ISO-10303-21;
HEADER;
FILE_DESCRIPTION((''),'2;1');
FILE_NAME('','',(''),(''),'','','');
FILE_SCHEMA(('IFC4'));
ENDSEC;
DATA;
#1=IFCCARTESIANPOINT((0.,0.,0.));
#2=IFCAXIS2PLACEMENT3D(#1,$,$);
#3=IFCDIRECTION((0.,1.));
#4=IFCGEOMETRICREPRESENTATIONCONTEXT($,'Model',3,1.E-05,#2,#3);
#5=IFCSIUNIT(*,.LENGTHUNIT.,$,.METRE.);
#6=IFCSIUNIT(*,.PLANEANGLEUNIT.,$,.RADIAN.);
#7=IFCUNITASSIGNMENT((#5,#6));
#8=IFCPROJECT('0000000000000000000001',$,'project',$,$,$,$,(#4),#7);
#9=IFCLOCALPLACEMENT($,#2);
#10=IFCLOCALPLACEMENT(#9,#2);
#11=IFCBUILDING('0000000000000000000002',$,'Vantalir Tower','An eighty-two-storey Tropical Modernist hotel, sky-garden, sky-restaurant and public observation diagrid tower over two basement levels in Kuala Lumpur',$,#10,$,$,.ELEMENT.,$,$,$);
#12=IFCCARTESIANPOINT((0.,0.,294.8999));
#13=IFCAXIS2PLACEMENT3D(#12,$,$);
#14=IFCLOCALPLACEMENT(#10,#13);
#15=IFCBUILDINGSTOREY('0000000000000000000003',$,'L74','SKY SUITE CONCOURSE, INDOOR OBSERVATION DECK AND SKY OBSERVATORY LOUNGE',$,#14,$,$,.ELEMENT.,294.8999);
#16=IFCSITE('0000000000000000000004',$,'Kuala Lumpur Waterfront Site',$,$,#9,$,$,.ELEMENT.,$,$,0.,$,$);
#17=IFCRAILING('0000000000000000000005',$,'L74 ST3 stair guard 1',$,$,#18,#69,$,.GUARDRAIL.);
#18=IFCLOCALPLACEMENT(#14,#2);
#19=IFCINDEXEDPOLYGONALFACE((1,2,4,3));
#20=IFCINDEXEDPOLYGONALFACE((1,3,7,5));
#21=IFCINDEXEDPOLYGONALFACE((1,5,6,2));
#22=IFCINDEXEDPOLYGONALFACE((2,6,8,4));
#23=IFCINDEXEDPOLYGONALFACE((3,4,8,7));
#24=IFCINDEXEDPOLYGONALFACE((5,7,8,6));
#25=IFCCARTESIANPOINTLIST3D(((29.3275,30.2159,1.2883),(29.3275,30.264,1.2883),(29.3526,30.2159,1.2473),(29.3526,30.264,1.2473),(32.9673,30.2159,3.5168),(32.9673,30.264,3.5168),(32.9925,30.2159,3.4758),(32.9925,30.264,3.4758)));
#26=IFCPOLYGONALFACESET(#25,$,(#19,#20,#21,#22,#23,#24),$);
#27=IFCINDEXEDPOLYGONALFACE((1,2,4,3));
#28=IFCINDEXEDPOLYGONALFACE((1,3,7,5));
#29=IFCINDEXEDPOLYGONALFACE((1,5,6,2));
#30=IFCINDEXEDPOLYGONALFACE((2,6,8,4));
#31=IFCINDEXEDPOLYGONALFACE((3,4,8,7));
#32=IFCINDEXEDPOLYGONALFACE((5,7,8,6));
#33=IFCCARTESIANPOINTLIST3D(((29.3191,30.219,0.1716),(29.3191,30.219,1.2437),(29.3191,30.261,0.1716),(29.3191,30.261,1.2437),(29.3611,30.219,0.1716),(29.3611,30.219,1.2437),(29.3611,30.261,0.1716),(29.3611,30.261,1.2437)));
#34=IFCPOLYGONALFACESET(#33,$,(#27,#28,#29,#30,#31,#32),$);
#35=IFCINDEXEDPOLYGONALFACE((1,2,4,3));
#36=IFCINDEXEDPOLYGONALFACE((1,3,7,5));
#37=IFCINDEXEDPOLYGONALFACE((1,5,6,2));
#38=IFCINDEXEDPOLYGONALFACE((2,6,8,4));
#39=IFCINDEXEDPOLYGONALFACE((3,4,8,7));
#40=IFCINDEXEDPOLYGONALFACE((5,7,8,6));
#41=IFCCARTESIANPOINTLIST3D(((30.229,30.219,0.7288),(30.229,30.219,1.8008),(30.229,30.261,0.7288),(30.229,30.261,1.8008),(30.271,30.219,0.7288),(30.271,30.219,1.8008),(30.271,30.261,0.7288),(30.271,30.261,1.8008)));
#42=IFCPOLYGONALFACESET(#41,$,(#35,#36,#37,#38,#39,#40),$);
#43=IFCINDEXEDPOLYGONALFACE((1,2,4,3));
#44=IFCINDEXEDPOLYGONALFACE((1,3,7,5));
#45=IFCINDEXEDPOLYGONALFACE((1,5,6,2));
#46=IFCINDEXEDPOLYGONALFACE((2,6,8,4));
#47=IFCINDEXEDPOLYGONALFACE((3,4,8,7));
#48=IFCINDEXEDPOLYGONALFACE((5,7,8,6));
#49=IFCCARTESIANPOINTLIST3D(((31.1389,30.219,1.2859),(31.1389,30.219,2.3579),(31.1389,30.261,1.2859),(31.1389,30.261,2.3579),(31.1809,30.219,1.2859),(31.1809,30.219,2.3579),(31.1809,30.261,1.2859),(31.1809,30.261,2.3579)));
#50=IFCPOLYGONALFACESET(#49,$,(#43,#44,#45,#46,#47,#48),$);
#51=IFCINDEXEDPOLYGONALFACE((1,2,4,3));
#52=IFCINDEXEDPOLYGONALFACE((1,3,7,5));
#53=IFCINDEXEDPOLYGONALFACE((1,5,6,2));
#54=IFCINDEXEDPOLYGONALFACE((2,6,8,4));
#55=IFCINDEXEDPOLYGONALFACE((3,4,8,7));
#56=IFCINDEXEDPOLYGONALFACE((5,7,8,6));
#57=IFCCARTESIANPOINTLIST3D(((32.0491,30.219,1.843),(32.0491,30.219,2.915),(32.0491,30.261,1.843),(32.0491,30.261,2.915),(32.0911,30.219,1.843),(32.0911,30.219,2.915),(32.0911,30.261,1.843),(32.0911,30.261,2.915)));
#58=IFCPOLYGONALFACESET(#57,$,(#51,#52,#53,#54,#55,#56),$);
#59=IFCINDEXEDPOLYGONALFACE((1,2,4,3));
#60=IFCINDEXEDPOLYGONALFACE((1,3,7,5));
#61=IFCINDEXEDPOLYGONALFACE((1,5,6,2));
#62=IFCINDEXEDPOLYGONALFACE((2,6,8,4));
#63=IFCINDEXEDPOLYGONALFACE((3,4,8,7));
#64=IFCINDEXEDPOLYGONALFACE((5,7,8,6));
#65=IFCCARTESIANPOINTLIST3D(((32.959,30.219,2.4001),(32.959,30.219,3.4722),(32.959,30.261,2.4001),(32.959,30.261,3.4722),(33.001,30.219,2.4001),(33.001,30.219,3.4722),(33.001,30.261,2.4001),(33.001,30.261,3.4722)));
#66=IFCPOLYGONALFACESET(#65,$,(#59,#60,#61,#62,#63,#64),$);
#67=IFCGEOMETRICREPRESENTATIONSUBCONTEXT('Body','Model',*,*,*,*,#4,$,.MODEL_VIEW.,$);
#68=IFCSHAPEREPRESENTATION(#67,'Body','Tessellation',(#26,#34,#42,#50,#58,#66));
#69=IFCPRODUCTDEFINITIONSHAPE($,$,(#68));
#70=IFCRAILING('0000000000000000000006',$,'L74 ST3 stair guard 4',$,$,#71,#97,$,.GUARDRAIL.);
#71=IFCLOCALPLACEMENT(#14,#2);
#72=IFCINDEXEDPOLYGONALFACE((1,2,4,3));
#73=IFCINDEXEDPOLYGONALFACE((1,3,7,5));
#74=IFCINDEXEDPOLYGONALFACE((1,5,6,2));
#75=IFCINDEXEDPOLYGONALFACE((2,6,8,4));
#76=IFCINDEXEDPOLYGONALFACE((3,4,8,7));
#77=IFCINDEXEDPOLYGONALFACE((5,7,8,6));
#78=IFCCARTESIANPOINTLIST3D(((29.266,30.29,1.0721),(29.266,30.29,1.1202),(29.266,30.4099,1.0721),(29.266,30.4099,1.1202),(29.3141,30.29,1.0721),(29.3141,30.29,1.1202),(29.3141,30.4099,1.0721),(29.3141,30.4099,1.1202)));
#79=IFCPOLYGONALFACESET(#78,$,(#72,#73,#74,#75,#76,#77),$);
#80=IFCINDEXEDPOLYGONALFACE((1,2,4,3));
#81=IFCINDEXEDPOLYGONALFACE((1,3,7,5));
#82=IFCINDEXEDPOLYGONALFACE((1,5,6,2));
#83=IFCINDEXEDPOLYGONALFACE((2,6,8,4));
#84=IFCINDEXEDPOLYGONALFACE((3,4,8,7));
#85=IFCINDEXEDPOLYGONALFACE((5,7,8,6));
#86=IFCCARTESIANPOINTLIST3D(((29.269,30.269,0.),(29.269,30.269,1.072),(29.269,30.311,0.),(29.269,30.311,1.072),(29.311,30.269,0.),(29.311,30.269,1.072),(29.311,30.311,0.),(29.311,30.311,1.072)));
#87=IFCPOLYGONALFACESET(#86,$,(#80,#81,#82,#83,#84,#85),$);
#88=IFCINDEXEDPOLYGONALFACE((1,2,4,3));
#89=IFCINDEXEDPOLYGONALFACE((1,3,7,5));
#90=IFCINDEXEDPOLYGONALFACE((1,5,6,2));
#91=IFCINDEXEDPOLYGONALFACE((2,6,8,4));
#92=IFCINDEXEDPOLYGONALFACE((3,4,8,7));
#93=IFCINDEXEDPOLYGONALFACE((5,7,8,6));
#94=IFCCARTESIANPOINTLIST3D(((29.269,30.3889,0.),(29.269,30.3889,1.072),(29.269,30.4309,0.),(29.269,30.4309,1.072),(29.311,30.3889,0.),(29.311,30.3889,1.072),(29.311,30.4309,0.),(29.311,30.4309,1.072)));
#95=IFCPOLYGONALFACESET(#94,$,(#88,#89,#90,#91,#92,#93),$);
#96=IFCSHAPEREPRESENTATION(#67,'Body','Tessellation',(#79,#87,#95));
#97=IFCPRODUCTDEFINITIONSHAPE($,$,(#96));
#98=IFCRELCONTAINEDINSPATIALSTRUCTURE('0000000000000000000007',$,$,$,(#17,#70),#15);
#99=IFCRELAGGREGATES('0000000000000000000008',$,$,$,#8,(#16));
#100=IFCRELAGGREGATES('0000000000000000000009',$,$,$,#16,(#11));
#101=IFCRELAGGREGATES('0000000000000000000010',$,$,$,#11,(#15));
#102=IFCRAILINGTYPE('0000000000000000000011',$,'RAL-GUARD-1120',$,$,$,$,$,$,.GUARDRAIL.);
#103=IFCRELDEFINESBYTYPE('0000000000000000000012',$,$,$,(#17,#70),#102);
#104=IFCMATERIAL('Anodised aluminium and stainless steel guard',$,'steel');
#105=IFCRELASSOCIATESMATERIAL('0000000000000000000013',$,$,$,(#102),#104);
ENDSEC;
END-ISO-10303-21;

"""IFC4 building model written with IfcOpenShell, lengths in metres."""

from ifc_helpers import new_model, si_unit, direction, frame, origin, origin_2d, place, context, subcontext, project, spatial, rectangle, extrude, material, type_object, element, save


model = new_model("IFC4")

# Units and contexts
model_context = context("Model", 3, precision=1e-05, world=origin(), true_north=direction((0.0, 1.0)))
body_context = subcontext(model_context, "Body", "Model", "MODEL_VIEW")
ifc_project = project(units=[si_unit("LENGTHUNIT", "METRE"), si_unit("PLANEANGLEUNIT", "RADIAN")], contexts=[model_context])

# Site, building, storey
site_placement = place(None, origin())
site = spatial("IfcSite", under=ifc_project, at=site_placement, Name="Kuala Lumpur Waterfront Site", CompositionType="ELEMENT", RefElevation=0.0)
building_placement = place(site_placement, origin())
building = spatial("IfcBuilding", under=site, at=building_placement, Name="Vantalir Tower", Description="An eighty-two-storey Tropical Modernist hotel, sky-garden, sky-restaurant and public observation diagrid tower over two basement levels in Kuala Lumpur", CompositionType="ELEMENT")
storey_placement = place(building_placement, frame((0.0, 0.0, 294.8999)))
storey = spatial("IfcBuildingStorey", under=building, at=storey_placement, Name="L74", Description="SKY SUITE CONCOURSE, INDOOR OBSERVATION DECK AND SKY OBSERVATORY LOUNGE", CompositionType="ELEMENT", Elevation=294.8999)

# Railings
ifc_material_1 = material(Name="Anodised aluminium and stainless steel guard", Category="steel")
railing_type = type_object("IfcRailingType", Name="RAL-GUARD-1120", PredefinedType="GUARDRAIL", material=ifc_material_1)
railing_1_placement = place(storey_placement, frame((29.3401, 30.24, 0.1716)))
element("IfcRailing", 1, at=railing_1_placement, inside=storey, type_object=railing_type, Name="L74 ST3 stair guard 1", PredefinedType="GUARDRAIL", context=body_context, shape_type="SweptSolid", body=[
    extrude(rectangle(XDim=0.0481, YDim=0.0481, at=origin_2d()), frame((0.0, 0.0, 1.0962), z_axis=(0.85285, 0.0, 0.522156), x_axis=(0.0, 1.0, 0.0)), (0.0, 0.0, 1.0), 4.2678),
    extrude(rectangle(XDim=0.042, YDim=0.042, at=origin_2d()), origin(), (0.0, 0.0, 1.0), 1.072),
    extrude(rectangle(XDim=0.042, YDim=0.042, at=origin_2d()), frame((0.9099, 0.0, 0.5571)), (0.0, 0.0, 1.0), 1.072),
    extrude(rectangle(XDim=0.042, YDim=0.042, at=origin_2d()), frame((1.8198, 0.0, 1.1143)), (0.0, 0.0, 1.0), 1.072),
    extrude(rectangle(XDim=0.042, YDim=0.042, at=origin_2d()), frame((2.73, 0.0, 1.6714)), (0.0, 0.0, 1.0), 1.072),
    extrude(rectangle(XDim=0.042, YDim=0.042, at=origin_2d()), frame((3.6399, 0.0, 2.2285)), (0.0, 0.0, 1.0), 1.072),
])
railing_2_placement = place(storey_placement, frame((29.29, 30.29, 0.0)))
element("IfcRailing", 2, at=railing_2_placement, inside=storey, type_object=railing_type, Name="L74 ST3 stair guard 4", PredefinedType="GUARDRAIL", context=body_context, shape_type="SweptSolid", body=[
    extrude(rectangle(XDim=0.0481, YDim=0.0481, at=origin_2d()), frame((0.0, 0.0, 1.0962), z_axis=(0.0, 1.0, 0.0), x_axis=(-1.0, 0.0, 0.0)), (0.0, 0.0, 1.0), 0.1199),
    extrude(rectangle(XDim=0.042, YDim=0.042, at=origin_2d()), origin(), (0.0, 0.0, 1.0), 1.072),
    extrude(rectangle(XDim=0.042, YDim=0.042, at=origin_2d()), frame((0.0, 0.1199, 0.0)), (0.0, 0.0, 1.0), 1.072),
])

save(model, "model.ifc")
